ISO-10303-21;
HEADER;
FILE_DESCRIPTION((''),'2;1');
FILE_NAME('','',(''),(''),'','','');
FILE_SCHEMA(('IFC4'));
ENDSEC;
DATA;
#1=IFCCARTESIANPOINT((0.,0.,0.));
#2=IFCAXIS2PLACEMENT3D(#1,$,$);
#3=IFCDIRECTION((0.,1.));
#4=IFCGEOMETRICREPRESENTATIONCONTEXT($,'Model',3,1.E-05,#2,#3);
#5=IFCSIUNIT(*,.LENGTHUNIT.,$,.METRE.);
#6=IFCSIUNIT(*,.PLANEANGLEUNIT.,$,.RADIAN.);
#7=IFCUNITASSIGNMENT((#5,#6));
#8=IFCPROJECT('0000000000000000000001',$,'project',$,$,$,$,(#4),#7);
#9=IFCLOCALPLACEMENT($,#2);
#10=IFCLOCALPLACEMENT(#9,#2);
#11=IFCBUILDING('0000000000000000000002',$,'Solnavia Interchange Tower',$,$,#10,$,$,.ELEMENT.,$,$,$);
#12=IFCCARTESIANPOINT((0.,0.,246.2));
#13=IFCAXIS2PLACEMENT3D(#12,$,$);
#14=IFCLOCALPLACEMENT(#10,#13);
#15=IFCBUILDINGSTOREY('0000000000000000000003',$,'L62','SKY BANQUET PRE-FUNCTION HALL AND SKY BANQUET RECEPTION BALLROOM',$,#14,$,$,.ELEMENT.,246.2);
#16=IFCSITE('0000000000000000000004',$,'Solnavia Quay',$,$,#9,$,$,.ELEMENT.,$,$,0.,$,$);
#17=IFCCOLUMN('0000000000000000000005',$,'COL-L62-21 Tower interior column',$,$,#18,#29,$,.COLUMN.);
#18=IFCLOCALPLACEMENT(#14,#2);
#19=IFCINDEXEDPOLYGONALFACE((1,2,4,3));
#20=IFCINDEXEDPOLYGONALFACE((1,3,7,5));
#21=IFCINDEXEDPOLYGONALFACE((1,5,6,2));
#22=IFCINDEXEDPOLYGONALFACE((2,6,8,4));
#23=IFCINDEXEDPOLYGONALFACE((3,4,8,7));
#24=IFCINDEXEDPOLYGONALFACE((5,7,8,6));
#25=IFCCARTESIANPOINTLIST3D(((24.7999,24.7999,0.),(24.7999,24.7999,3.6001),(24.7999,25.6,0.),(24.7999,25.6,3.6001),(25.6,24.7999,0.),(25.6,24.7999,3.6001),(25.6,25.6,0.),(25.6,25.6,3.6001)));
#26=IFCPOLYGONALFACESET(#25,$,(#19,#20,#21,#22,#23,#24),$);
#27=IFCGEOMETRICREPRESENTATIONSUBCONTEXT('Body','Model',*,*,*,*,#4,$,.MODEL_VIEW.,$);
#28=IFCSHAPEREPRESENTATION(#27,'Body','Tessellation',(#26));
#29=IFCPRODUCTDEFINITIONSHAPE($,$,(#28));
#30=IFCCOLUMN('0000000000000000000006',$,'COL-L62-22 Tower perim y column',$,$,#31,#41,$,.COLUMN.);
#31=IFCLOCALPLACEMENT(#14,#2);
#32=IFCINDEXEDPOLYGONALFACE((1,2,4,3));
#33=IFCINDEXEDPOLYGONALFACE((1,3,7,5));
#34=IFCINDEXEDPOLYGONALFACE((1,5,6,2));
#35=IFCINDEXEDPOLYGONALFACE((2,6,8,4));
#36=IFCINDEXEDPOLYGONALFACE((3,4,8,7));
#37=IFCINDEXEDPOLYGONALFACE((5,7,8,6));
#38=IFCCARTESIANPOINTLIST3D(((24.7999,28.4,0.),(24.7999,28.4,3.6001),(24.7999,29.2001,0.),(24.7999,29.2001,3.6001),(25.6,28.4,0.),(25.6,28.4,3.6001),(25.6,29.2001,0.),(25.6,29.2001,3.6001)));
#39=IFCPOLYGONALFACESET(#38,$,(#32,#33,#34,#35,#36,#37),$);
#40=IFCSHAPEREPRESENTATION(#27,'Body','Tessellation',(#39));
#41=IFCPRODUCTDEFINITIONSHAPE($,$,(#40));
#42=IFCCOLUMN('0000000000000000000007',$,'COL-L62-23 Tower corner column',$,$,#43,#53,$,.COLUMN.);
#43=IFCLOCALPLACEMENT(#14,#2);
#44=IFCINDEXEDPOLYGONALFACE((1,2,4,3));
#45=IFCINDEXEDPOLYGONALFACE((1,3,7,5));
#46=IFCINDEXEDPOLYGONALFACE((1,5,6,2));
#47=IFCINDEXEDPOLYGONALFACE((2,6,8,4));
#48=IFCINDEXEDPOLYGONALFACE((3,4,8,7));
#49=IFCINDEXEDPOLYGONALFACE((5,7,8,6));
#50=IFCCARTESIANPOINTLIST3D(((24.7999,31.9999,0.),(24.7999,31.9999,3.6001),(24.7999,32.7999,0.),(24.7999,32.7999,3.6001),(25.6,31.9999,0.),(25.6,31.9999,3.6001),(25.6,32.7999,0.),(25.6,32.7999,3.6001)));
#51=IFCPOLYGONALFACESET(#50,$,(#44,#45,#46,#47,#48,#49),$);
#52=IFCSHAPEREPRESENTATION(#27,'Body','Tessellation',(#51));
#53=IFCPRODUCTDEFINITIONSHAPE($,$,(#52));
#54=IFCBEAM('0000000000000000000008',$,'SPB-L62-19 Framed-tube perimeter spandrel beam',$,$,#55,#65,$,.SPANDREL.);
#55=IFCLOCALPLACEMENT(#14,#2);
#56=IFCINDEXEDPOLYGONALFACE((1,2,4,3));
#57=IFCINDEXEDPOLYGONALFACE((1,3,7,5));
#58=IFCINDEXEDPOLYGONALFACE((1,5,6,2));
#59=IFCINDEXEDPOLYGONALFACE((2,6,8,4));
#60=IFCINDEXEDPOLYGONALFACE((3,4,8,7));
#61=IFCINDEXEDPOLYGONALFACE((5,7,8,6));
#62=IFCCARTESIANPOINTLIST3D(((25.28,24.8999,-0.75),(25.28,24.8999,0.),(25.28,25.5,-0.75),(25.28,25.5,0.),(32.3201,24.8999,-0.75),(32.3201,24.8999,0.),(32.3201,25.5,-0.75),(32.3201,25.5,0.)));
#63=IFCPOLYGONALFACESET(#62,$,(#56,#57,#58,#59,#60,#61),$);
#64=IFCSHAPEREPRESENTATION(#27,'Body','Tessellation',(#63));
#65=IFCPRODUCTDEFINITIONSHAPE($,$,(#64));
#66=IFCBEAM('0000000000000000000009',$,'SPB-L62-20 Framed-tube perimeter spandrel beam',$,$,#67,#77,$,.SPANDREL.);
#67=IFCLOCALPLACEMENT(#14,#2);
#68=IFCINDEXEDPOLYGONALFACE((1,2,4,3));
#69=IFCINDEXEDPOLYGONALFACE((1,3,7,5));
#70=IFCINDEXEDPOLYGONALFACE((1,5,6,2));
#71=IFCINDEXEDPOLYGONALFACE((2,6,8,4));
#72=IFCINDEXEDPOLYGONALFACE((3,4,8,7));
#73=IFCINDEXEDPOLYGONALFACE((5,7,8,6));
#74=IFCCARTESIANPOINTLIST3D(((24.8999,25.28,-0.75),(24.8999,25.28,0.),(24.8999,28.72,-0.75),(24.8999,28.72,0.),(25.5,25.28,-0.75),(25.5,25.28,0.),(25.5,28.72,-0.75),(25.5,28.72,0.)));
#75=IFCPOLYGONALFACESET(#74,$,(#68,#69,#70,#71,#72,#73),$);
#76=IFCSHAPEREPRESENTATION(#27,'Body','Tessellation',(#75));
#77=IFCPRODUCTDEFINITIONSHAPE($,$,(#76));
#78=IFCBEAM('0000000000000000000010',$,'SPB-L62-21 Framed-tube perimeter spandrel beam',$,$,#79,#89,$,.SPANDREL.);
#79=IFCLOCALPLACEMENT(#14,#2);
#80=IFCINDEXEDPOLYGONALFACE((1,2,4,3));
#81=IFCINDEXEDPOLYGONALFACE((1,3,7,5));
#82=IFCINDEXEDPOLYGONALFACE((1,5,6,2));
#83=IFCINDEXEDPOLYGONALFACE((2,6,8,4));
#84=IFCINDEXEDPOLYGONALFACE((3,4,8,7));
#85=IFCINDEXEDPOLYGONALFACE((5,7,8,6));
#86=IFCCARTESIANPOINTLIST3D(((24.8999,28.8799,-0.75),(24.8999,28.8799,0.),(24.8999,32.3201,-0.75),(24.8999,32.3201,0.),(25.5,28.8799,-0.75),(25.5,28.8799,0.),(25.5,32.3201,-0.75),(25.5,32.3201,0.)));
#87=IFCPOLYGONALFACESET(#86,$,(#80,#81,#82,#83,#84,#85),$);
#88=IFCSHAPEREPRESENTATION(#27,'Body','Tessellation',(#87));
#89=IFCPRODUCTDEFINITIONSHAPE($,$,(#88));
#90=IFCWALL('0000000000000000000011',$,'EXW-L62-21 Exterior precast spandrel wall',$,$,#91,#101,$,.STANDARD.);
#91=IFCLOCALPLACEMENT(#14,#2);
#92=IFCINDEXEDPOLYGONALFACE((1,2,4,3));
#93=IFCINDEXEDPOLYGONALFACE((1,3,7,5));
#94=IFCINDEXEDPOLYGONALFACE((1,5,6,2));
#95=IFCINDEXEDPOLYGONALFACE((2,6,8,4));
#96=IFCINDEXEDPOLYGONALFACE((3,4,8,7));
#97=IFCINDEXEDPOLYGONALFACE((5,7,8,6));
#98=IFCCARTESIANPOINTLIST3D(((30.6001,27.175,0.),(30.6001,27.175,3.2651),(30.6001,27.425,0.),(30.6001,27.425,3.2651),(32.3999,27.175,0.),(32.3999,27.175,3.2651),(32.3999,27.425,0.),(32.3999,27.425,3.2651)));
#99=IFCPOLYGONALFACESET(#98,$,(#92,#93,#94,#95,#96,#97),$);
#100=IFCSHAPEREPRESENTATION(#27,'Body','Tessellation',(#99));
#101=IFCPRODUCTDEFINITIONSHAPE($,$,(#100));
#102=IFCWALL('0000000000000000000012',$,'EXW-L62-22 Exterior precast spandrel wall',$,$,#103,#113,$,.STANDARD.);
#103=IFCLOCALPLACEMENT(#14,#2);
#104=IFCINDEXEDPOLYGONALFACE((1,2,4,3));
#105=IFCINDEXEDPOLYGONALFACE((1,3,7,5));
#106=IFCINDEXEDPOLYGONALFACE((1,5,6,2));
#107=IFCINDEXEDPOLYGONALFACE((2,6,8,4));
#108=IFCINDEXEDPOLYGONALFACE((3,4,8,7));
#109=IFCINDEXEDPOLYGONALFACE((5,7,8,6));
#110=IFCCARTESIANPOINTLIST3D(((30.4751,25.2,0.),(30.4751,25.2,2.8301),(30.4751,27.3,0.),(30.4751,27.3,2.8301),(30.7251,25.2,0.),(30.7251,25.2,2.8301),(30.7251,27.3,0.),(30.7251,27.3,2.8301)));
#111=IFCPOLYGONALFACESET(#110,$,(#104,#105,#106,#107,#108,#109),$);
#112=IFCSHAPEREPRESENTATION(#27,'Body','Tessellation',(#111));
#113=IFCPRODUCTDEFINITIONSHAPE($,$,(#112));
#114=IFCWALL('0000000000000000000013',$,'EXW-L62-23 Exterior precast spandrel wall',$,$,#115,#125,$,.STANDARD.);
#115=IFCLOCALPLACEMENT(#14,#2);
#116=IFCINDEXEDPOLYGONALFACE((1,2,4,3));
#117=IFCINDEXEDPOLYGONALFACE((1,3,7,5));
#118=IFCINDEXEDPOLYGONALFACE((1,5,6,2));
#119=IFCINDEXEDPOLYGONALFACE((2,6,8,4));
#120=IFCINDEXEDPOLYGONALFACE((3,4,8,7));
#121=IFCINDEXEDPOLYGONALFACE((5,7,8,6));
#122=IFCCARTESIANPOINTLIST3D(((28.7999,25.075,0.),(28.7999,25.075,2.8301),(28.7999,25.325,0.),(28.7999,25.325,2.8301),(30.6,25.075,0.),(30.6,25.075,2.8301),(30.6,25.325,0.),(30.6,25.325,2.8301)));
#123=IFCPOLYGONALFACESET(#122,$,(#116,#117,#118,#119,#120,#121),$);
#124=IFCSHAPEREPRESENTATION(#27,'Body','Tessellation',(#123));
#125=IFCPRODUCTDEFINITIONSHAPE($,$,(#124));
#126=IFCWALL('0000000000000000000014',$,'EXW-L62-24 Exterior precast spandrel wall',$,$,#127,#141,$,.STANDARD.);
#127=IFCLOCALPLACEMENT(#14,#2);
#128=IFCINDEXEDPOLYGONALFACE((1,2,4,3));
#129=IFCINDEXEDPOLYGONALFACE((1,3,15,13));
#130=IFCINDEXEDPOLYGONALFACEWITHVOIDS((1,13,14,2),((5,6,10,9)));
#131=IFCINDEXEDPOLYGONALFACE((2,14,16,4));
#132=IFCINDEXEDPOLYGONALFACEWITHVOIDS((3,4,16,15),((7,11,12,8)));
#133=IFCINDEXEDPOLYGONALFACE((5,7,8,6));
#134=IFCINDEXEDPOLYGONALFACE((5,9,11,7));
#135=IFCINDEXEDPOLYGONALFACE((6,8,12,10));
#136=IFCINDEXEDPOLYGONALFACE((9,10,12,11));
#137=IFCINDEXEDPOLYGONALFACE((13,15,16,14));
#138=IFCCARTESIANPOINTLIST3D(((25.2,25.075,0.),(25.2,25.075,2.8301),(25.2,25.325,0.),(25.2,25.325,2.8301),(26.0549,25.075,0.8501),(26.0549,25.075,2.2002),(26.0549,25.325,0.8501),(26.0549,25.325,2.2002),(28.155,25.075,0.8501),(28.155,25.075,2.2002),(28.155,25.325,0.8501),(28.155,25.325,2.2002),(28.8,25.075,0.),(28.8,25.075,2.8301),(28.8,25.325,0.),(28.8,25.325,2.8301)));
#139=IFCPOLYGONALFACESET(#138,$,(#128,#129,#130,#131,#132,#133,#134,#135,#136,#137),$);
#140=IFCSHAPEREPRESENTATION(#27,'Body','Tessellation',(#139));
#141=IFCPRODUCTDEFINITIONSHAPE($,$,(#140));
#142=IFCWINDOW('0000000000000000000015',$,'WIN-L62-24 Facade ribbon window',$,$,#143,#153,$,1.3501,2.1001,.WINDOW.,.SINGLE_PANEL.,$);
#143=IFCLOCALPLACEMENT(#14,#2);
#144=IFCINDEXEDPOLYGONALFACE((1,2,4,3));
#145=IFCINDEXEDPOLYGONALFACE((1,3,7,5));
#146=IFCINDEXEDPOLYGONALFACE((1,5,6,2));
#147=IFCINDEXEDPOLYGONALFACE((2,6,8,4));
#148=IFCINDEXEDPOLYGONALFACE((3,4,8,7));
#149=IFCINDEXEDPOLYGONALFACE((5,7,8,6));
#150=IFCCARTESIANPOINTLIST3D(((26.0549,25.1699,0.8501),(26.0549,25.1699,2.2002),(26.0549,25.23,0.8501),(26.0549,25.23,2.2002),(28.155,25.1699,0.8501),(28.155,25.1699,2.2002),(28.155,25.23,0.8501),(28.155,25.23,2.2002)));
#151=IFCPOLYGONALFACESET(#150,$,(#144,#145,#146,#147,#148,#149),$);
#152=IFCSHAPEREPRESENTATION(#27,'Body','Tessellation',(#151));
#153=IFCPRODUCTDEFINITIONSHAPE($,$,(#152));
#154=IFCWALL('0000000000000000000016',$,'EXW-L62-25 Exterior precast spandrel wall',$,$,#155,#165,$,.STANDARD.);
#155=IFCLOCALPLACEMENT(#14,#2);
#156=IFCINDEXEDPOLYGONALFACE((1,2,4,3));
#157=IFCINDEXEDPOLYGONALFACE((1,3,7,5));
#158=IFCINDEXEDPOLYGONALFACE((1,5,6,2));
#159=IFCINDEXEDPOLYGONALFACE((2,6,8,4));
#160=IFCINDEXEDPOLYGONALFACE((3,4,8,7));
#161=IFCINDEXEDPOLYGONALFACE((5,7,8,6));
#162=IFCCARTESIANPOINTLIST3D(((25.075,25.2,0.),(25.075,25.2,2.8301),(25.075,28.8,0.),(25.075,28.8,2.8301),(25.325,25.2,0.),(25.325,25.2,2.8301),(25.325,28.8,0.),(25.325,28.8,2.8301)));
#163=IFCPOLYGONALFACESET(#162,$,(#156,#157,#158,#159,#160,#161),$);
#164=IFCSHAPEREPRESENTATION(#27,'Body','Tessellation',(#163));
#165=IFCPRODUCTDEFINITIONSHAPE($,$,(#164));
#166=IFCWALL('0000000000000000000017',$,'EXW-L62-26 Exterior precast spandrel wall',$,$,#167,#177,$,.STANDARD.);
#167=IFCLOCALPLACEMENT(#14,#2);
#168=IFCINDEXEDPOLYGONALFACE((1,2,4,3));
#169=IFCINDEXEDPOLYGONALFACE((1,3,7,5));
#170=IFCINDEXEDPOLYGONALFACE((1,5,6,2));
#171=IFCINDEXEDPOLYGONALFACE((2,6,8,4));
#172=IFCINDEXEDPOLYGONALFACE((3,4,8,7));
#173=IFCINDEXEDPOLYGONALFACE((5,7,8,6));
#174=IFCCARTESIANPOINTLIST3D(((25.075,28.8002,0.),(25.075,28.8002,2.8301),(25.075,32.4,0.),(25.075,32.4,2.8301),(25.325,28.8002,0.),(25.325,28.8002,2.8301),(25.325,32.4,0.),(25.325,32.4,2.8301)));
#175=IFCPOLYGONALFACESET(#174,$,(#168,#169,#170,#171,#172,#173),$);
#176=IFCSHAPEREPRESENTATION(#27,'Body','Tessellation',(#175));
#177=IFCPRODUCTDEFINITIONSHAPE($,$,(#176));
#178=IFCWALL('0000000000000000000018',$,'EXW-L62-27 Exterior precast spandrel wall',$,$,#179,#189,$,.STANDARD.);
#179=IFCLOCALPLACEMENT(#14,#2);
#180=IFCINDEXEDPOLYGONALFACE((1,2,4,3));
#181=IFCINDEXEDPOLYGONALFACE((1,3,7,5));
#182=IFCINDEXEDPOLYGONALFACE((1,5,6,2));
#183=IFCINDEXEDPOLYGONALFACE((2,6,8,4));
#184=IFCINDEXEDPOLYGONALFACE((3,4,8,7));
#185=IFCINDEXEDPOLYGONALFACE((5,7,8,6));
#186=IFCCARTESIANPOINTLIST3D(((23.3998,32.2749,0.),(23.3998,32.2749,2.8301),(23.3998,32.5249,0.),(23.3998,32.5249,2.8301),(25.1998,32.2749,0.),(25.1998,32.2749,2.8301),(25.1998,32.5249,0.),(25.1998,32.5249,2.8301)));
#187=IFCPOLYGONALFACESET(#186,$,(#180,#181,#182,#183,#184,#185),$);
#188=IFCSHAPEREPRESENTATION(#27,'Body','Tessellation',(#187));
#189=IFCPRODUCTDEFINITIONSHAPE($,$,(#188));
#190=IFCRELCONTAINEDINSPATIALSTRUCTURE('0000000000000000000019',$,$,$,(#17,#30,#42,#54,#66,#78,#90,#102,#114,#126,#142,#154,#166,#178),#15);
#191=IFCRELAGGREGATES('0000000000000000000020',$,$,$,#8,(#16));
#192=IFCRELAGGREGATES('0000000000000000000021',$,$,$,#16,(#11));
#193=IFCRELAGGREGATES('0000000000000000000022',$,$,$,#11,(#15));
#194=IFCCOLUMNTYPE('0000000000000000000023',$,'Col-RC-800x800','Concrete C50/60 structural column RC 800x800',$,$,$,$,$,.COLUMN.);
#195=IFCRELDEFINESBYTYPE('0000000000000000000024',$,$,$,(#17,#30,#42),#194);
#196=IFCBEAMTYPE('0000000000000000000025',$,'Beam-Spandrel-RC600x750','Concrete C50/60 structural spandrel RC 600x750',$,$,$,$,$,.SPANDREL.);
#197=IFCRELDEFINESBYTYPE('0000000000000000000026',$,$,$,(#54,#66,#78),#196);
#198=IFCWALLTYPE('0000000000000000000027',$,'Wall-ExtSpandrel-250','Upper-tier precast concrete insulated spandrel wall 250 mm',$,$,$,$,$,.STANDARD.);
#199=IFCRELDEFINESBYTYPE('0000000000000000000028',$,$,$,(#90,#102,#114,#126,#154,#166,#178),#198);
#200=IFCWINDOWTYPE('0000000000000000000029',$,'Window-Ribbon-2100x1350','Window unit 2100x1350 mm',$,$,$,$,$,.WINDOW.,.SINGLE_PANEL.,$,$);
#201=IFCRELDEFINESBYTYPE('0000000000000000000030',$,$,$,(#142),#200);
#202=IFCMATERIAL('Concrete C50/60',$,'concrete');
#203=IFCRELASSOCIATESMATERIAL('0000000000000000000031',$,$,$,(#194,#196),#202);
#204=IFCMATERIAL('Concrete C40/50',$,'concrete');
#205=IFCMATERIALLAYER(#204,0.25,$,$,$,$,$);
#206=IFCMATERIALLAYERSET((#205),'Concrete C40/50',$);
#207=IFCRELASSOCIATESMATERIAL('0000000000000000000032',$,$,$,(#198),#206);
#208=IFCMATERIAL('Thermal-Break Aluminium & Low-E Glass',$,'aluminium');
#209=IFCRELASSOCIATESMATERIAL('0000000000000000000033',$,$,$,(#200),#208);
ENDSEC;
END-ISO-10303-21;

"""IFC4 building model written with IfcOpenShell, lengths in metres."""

from ifc_helpers import new_model, si_unit, direction, frame, frame_2d, origin, origin_2d, place, context, subcontext, project, spatial, rectangle, extrude, material, layer, layer_set, material_profile, profile_set, type_object, element, fill, save


model = new_model("IFC4")

# Units and contexts
model_context = context("Model", 3, precision=1e-05, world=origin(), true_north=direction((0.0, 1.0)))
body_context = subcontext(model_context, "Body", "Model", "MODEL_VIEW")
ifc_project = project(units=[si_unit("LENGTHUNIT", "METRE"), si_unit("PLANEANGLEUNIT", "RADIAN")], contexts=[model_context])

# Site, building, storey
site_placement = place(None, origin())
site = spatial("IfcSite", under=ifc_project, at=site_placement, Name="Solnavia Quay", CompositionType="ELEMENT", RefElevation=0.0)
building_placement = place(site_placement, origin())
building = spatial("IfcBuilding", under=site, at=building_placement, Name="Solnavia Interchange Tower", CompositionType="ELEMENT")
storey_placement = place(building_placement, frame((0.0, 0.0, 246.2)))
storey = spatial("IfcBuildingStorey", under=building, at=storey_placement, Name="L62", Description="SKY BANQUET PRE-FUNCTION HALL AND SKY BANQUET RECEPTION BALLROOM", CompositionType="ELEMENT", Elevation=246.2)

# Columns
ifc_material_1 = material(Name="Concrete C50/60", Category="concrete")
ifc_material_profile_1 = material_profile(ifc_material_1, rectangle(XDim=0.8, YDim=0.8, at=origin_2d()), Name="RC 800x800")
ifc_profile_set_1 = profile_set([ifc_material_profile_1], Name="Concrete C50/60")
column_type = type_object("IfcColumnType", Name="Col-RC-800x800", Description="Concrete C50/60 structural column RC 800x800", PredefinedType="COLUMN", material=ifc_profile_set_1)
for number, where, z_axis, x_axis, name in (
    (1, (25.2, 25.2, 0.0), (0.0, 0.0, 1.0), (1.0, 0.0, 0.0), "COL-L62-21 Tower interior column"),
    (2, (25.2, 28.8, 0.0), (0.0, 0.0, 1.0), (0.0, 1.0, 0.0), "COL-L62-22 Tower perim y column"),
    (3, (25.2, 32.3999, 0.0), (0.0, 0.0, 1.0), (0.0, 1.0, 0.0), "COL-L62-23 Tower corner column"),
):
    element("IfcColumn", number, at=place(storey_placement, frame(where, z_axis=z_axis, x_axis=x_axis)), inside=storey, type_object=column_type, Name=name, PredefinedType="COLUMN", context=body_context, shape_type="SweptSolid", body=[
        extrude(rectangle(XDim=0.8, YDim=0.8, at=origin_2d()), origin(), (0.0, 0.0, 1.0), 3.6001),
    ])

# Beams
ifc_material_profile_2 = material_profile(ifc_material_1, rectangle(XDim=0.6001, YDim=0.75, at=origin_2d()), Name="RC 600x750")
ifc_profile_set_2 = profile_set([ifc_material_profile_2], Name="Concrete C50/60")
beam_type = type_object("IfcBeamType", Name="Beam-Spandrel-RC600x750", Description="Concrete C50/60 structural spandrel RC 600x750", PredefinedType="SPANDREL", material=ifc_profile_set_2)
beam_1_placement = place(storey_placement, frame((32.3201, 25.2, -0.375), z_axis=(-1.0, 0.0, 0.0), x_axis=(0.0, -1.0, 0.0)))
element("IfcBeam", 4, at=beam_1_placement, inside=storey, type_object=beam_type, Name="SPB-L62-19 Framed-tube perimeter spandrel beam", PredefinedType="SPANDREL", context=body_context, shape_type="SweptSolid", body=[
    extrude(rectangle(XDim=0.6001, YDim=0.75, at=origin_2d()), origin(), (0.0, 0.0, 1.0), 7.04),
])
beam_2_placement = place(storey_placement, frame((25.2, 25.28, -0.375), z_axis=(0.0, 1.0, 0.0), x_axis=(-1.0, 0.0, 0.0)))
element("IfcBeam", 5, at=beam_2_placement, inside=storey, type_object=beam_type, Name="SPB-L62-20 Framed-tube perimeter spandrel beam", PredefinedType="SPANDREL", context=body_context, shape_type="SweptSolid", body=[
    extrude(rectangle(XDim=0.6001, YDim=0.75, at=origin_2d()), origin(), (0.0, 0.0, 1.0), 3.4399),
])
beam_3_placement = place(storey_placement, frame((25.2, 28.8799, -0.375), z_axis=(0.0, 1.0, 0.0), x_axis=(-1.0, 0.0, 0.0)))
element("IfcBeam", 6, at=beam_3_placement, inside=storey, type_object=beam_type, Name="SPB-L62-21 Framed-tube perimeter spandrel beam", PredefinedType="SPANDREL", context=body_context, shape_type="SweptSolid", body=[
    extrude(rectangle(XDim=0.6001, YDim=0.75, at=origin_2d()), origin(), (0.0, 0.0, 1.0), 3.4402),
])

# Walls
ifc_material_2 = material(Name="Concrete C40/50", Category="concrete")
ifc_layer = layer(ifc_material_2, 0.25)
ifc_layer_set = layer_set([ifc_layer], Name="Concrete C40/50")
wall_type = type_object("IfcWallType", Name="Wall-ExtSpandrel-250", Description="Upper-tier precast concrete insulated spandrel wall 250 mm", PredefinedType="STANDARD", material=ifc_layer_set)
wall_1_placement = place(storey_placement, frame((30.6001, 27.3, 0.0), z_axis=(0.0, 0.0, 1.0), x_axis=(1.0, 0.0, 0.0)))
element("IfcWall", 7, at=wall_1_placement, inside=storey, type_object=wall_type, Name="EXW-L62-21 Exterior precast spandrel wall", PredefinedType="STANDARD", context=body_context, shape_type="SweptSolid", body=[
    extrude(rectangle(XDim=1.7998, YDim=0.25, at=frame_2d((0.8999, 0.0))), origin(), (0.0, 0.0, 1.0), 3.2651),
])
wall_2_placement = place(storey_placement, frame((30.6001, 27.3, 0.0), z_axis=(0.0, 0.0, 1.0), x_axis=(0.0, -1.0, 0.0)))
element("IfcWall", 8, at=wall_2_placement, inside=storey, type_object=wall_type, Name="EXW-L62-22 Exterior precast spandrel wall", PredefinedType="STANDARD", context=body_context, shape_type="SweptSolid", body=[
    extrude(rectangle(XDim=2.1001, YDim=0.25, at=frame_2d((1.05, 0.0))), origin(), (0.0, 0.0, 1.0), 2.8301),
])
wall_3_placement = place(storey_placement, frame((28.8, 25.2, 0.0), z_axis=(0.0, 0.0, 1.0), x_axis=(1.0, 0.0, 0.0)))
element("IfcWall", 9, at=wall_3_placement, inside=storey, type_object=wall_type, Name="EXW-L62-23 Exterior precast spandrel wall", PredefinedType="STANDARD", context=body_context, shape_type="SweptSolid", body=[
    extrude(rectangle(XDim=1.8, YDim=0.25, at=frame_2d((0.8999, 0.0))), origin(), (0.0, 0.0, 1.0), 2.8301),
])

# Wall, opening, window
wall_4_placement = place(storey_placement, frame((25.2, 25.2, 0.0), z_axis=(0.0, 0.0, 1.0), x_axis=(1.0, 0.0, 0.0)))
wall_4 = element("IfcWall", 10, at=wall_4_placement, inside=storey, type_object=wall_type, Name="EXW-L62-24 Exterior precast spandrel wall", PredefinedType="STANDARD", context=body_context, shape_type="SweptSolid", body=[
    extrude(rectangle(XDim=3.6001, YDim=0.25, at=frame_2d((1.8, 0.0))), origin(), (0.0, 0.0, 1.0), 2.8301),
])
opening_placement = place(wall_4_placement, frame((0.855, 0.0, 0.8501)))
opening = element("IfcOpeningElement", 11, at=opening_placement, cuts=wall_4, PredefinedType="OPENING", context=body_context, shape_type="SweptSolid", body=[
    extrude(rectangle(XDim=2.1001, YDim=1.3501, at=frame_2d((1.05, 0.675))), frame((0.0, 0.135, 0.0), z_axis=(0.0, -1.0, 0.0), x_axis=(1.0, 0.0, 0.0)), (0.0, 0.0, 1.0), 0.27),
])
ifc_material_3 = material(Name="Thermal-Break Aluminium & Low-E Glass", Category="aluminium")
window_type = type_object("IfcWindowType", Name="Window-Ribbon-2100x1350", Description="Window unit 2100x1350 mm", PartitioningType="SINGLE_PANEL", PredefinedType="WINDOW", material=ifc_material_3)
window_placement = place(opening_placement, origin())
window = element("IfcWindow", 12, at=window_placement, inside=storey, type_object=window_type, Name="WIN-L62-24 Facade ribbon window", OverallHeight=1.3501, OverallWidth=2.1001, PartitioningType="SINGLE_PANEL", PredefinedType="WINDOW", context=body_context, shape_type="SweptSolid", body=[
    extrude(rectangle(XDim=2.1001, YDim=1.3501, at=frame_2d((1.05, 0.675))), frame((0.0, 0.03, 0.0), z_axis=(0.0, -1.0, 0.0), x_axis=(1.0, 0.0, 0.0)), (0.0, 0.0, 1.0), 0.0601),
])
fill(opening, window)

# Walls
wall_5_placement = place(storey_placement, frame((25.2, 28.8, 0.0), z_axis=(0.0, 0.0, 1.0), x_axis=(0.0, -1.0, 0.0)))
element("IfcWall", 13, at=wall_5_placement, inside=storey, type_object=wall_type, Name="EXW-L62-25 Exterior precast spandrel wall", PredefinedType="STANDARD", context=body_context, shape_type="SweptSolid", body=[
    extrude(rectangle(XDim=3.6001, YDim=0.25, at=frame_2d((1.8, 0.0))), origin(), (0.0, 0.0, 1.0), 2.8301),
])
wall_6_placement = place(storey_placement, frame((25.2, 32.3999, 0.0), z_axis=(0.0, 0.0, 1.0), x_axis=(0.0, -1.0, 0.0)))
element("IfcWall", 14, at=wall_6_placement, inside=storey, type_object=wall_type, Name="EXW-L62-26 Exterior precast spandrel wall", PredefinedType="STANDARD", context=body_context, shape_type="SweptSolid", body=[
    extrude(rectangle(XDim=3.5999, YDim=0.25, at=frame_2d((1.7998, 0.0))), origin(), (0.0, 0.0, 1.0), 2.8301),
])
wall_7_placement = place(storey_placement, frame((23.3999, 32.3999, 0.0), z_axis=(0.0, 0.0, 1.0), x_axis=(1.0, 0.0, 0.0)))
element("IfcWall", 15, at=wall_7_placement, inside=storey, type_object=wall_type, Name="EXW-L62-27 Exterior precast spandrel wall", PredefinedType="STANDARD", context=body_context, shape_type="SweptSolid", body=[
    extrude(rectangle(XDim=1.8, YDim=0.25, at=frame_2d((0.8999, 0.0))), origin(), (0.0, 0.0, 1.0), 2.8301),
])

save(model, "model.ifc")
